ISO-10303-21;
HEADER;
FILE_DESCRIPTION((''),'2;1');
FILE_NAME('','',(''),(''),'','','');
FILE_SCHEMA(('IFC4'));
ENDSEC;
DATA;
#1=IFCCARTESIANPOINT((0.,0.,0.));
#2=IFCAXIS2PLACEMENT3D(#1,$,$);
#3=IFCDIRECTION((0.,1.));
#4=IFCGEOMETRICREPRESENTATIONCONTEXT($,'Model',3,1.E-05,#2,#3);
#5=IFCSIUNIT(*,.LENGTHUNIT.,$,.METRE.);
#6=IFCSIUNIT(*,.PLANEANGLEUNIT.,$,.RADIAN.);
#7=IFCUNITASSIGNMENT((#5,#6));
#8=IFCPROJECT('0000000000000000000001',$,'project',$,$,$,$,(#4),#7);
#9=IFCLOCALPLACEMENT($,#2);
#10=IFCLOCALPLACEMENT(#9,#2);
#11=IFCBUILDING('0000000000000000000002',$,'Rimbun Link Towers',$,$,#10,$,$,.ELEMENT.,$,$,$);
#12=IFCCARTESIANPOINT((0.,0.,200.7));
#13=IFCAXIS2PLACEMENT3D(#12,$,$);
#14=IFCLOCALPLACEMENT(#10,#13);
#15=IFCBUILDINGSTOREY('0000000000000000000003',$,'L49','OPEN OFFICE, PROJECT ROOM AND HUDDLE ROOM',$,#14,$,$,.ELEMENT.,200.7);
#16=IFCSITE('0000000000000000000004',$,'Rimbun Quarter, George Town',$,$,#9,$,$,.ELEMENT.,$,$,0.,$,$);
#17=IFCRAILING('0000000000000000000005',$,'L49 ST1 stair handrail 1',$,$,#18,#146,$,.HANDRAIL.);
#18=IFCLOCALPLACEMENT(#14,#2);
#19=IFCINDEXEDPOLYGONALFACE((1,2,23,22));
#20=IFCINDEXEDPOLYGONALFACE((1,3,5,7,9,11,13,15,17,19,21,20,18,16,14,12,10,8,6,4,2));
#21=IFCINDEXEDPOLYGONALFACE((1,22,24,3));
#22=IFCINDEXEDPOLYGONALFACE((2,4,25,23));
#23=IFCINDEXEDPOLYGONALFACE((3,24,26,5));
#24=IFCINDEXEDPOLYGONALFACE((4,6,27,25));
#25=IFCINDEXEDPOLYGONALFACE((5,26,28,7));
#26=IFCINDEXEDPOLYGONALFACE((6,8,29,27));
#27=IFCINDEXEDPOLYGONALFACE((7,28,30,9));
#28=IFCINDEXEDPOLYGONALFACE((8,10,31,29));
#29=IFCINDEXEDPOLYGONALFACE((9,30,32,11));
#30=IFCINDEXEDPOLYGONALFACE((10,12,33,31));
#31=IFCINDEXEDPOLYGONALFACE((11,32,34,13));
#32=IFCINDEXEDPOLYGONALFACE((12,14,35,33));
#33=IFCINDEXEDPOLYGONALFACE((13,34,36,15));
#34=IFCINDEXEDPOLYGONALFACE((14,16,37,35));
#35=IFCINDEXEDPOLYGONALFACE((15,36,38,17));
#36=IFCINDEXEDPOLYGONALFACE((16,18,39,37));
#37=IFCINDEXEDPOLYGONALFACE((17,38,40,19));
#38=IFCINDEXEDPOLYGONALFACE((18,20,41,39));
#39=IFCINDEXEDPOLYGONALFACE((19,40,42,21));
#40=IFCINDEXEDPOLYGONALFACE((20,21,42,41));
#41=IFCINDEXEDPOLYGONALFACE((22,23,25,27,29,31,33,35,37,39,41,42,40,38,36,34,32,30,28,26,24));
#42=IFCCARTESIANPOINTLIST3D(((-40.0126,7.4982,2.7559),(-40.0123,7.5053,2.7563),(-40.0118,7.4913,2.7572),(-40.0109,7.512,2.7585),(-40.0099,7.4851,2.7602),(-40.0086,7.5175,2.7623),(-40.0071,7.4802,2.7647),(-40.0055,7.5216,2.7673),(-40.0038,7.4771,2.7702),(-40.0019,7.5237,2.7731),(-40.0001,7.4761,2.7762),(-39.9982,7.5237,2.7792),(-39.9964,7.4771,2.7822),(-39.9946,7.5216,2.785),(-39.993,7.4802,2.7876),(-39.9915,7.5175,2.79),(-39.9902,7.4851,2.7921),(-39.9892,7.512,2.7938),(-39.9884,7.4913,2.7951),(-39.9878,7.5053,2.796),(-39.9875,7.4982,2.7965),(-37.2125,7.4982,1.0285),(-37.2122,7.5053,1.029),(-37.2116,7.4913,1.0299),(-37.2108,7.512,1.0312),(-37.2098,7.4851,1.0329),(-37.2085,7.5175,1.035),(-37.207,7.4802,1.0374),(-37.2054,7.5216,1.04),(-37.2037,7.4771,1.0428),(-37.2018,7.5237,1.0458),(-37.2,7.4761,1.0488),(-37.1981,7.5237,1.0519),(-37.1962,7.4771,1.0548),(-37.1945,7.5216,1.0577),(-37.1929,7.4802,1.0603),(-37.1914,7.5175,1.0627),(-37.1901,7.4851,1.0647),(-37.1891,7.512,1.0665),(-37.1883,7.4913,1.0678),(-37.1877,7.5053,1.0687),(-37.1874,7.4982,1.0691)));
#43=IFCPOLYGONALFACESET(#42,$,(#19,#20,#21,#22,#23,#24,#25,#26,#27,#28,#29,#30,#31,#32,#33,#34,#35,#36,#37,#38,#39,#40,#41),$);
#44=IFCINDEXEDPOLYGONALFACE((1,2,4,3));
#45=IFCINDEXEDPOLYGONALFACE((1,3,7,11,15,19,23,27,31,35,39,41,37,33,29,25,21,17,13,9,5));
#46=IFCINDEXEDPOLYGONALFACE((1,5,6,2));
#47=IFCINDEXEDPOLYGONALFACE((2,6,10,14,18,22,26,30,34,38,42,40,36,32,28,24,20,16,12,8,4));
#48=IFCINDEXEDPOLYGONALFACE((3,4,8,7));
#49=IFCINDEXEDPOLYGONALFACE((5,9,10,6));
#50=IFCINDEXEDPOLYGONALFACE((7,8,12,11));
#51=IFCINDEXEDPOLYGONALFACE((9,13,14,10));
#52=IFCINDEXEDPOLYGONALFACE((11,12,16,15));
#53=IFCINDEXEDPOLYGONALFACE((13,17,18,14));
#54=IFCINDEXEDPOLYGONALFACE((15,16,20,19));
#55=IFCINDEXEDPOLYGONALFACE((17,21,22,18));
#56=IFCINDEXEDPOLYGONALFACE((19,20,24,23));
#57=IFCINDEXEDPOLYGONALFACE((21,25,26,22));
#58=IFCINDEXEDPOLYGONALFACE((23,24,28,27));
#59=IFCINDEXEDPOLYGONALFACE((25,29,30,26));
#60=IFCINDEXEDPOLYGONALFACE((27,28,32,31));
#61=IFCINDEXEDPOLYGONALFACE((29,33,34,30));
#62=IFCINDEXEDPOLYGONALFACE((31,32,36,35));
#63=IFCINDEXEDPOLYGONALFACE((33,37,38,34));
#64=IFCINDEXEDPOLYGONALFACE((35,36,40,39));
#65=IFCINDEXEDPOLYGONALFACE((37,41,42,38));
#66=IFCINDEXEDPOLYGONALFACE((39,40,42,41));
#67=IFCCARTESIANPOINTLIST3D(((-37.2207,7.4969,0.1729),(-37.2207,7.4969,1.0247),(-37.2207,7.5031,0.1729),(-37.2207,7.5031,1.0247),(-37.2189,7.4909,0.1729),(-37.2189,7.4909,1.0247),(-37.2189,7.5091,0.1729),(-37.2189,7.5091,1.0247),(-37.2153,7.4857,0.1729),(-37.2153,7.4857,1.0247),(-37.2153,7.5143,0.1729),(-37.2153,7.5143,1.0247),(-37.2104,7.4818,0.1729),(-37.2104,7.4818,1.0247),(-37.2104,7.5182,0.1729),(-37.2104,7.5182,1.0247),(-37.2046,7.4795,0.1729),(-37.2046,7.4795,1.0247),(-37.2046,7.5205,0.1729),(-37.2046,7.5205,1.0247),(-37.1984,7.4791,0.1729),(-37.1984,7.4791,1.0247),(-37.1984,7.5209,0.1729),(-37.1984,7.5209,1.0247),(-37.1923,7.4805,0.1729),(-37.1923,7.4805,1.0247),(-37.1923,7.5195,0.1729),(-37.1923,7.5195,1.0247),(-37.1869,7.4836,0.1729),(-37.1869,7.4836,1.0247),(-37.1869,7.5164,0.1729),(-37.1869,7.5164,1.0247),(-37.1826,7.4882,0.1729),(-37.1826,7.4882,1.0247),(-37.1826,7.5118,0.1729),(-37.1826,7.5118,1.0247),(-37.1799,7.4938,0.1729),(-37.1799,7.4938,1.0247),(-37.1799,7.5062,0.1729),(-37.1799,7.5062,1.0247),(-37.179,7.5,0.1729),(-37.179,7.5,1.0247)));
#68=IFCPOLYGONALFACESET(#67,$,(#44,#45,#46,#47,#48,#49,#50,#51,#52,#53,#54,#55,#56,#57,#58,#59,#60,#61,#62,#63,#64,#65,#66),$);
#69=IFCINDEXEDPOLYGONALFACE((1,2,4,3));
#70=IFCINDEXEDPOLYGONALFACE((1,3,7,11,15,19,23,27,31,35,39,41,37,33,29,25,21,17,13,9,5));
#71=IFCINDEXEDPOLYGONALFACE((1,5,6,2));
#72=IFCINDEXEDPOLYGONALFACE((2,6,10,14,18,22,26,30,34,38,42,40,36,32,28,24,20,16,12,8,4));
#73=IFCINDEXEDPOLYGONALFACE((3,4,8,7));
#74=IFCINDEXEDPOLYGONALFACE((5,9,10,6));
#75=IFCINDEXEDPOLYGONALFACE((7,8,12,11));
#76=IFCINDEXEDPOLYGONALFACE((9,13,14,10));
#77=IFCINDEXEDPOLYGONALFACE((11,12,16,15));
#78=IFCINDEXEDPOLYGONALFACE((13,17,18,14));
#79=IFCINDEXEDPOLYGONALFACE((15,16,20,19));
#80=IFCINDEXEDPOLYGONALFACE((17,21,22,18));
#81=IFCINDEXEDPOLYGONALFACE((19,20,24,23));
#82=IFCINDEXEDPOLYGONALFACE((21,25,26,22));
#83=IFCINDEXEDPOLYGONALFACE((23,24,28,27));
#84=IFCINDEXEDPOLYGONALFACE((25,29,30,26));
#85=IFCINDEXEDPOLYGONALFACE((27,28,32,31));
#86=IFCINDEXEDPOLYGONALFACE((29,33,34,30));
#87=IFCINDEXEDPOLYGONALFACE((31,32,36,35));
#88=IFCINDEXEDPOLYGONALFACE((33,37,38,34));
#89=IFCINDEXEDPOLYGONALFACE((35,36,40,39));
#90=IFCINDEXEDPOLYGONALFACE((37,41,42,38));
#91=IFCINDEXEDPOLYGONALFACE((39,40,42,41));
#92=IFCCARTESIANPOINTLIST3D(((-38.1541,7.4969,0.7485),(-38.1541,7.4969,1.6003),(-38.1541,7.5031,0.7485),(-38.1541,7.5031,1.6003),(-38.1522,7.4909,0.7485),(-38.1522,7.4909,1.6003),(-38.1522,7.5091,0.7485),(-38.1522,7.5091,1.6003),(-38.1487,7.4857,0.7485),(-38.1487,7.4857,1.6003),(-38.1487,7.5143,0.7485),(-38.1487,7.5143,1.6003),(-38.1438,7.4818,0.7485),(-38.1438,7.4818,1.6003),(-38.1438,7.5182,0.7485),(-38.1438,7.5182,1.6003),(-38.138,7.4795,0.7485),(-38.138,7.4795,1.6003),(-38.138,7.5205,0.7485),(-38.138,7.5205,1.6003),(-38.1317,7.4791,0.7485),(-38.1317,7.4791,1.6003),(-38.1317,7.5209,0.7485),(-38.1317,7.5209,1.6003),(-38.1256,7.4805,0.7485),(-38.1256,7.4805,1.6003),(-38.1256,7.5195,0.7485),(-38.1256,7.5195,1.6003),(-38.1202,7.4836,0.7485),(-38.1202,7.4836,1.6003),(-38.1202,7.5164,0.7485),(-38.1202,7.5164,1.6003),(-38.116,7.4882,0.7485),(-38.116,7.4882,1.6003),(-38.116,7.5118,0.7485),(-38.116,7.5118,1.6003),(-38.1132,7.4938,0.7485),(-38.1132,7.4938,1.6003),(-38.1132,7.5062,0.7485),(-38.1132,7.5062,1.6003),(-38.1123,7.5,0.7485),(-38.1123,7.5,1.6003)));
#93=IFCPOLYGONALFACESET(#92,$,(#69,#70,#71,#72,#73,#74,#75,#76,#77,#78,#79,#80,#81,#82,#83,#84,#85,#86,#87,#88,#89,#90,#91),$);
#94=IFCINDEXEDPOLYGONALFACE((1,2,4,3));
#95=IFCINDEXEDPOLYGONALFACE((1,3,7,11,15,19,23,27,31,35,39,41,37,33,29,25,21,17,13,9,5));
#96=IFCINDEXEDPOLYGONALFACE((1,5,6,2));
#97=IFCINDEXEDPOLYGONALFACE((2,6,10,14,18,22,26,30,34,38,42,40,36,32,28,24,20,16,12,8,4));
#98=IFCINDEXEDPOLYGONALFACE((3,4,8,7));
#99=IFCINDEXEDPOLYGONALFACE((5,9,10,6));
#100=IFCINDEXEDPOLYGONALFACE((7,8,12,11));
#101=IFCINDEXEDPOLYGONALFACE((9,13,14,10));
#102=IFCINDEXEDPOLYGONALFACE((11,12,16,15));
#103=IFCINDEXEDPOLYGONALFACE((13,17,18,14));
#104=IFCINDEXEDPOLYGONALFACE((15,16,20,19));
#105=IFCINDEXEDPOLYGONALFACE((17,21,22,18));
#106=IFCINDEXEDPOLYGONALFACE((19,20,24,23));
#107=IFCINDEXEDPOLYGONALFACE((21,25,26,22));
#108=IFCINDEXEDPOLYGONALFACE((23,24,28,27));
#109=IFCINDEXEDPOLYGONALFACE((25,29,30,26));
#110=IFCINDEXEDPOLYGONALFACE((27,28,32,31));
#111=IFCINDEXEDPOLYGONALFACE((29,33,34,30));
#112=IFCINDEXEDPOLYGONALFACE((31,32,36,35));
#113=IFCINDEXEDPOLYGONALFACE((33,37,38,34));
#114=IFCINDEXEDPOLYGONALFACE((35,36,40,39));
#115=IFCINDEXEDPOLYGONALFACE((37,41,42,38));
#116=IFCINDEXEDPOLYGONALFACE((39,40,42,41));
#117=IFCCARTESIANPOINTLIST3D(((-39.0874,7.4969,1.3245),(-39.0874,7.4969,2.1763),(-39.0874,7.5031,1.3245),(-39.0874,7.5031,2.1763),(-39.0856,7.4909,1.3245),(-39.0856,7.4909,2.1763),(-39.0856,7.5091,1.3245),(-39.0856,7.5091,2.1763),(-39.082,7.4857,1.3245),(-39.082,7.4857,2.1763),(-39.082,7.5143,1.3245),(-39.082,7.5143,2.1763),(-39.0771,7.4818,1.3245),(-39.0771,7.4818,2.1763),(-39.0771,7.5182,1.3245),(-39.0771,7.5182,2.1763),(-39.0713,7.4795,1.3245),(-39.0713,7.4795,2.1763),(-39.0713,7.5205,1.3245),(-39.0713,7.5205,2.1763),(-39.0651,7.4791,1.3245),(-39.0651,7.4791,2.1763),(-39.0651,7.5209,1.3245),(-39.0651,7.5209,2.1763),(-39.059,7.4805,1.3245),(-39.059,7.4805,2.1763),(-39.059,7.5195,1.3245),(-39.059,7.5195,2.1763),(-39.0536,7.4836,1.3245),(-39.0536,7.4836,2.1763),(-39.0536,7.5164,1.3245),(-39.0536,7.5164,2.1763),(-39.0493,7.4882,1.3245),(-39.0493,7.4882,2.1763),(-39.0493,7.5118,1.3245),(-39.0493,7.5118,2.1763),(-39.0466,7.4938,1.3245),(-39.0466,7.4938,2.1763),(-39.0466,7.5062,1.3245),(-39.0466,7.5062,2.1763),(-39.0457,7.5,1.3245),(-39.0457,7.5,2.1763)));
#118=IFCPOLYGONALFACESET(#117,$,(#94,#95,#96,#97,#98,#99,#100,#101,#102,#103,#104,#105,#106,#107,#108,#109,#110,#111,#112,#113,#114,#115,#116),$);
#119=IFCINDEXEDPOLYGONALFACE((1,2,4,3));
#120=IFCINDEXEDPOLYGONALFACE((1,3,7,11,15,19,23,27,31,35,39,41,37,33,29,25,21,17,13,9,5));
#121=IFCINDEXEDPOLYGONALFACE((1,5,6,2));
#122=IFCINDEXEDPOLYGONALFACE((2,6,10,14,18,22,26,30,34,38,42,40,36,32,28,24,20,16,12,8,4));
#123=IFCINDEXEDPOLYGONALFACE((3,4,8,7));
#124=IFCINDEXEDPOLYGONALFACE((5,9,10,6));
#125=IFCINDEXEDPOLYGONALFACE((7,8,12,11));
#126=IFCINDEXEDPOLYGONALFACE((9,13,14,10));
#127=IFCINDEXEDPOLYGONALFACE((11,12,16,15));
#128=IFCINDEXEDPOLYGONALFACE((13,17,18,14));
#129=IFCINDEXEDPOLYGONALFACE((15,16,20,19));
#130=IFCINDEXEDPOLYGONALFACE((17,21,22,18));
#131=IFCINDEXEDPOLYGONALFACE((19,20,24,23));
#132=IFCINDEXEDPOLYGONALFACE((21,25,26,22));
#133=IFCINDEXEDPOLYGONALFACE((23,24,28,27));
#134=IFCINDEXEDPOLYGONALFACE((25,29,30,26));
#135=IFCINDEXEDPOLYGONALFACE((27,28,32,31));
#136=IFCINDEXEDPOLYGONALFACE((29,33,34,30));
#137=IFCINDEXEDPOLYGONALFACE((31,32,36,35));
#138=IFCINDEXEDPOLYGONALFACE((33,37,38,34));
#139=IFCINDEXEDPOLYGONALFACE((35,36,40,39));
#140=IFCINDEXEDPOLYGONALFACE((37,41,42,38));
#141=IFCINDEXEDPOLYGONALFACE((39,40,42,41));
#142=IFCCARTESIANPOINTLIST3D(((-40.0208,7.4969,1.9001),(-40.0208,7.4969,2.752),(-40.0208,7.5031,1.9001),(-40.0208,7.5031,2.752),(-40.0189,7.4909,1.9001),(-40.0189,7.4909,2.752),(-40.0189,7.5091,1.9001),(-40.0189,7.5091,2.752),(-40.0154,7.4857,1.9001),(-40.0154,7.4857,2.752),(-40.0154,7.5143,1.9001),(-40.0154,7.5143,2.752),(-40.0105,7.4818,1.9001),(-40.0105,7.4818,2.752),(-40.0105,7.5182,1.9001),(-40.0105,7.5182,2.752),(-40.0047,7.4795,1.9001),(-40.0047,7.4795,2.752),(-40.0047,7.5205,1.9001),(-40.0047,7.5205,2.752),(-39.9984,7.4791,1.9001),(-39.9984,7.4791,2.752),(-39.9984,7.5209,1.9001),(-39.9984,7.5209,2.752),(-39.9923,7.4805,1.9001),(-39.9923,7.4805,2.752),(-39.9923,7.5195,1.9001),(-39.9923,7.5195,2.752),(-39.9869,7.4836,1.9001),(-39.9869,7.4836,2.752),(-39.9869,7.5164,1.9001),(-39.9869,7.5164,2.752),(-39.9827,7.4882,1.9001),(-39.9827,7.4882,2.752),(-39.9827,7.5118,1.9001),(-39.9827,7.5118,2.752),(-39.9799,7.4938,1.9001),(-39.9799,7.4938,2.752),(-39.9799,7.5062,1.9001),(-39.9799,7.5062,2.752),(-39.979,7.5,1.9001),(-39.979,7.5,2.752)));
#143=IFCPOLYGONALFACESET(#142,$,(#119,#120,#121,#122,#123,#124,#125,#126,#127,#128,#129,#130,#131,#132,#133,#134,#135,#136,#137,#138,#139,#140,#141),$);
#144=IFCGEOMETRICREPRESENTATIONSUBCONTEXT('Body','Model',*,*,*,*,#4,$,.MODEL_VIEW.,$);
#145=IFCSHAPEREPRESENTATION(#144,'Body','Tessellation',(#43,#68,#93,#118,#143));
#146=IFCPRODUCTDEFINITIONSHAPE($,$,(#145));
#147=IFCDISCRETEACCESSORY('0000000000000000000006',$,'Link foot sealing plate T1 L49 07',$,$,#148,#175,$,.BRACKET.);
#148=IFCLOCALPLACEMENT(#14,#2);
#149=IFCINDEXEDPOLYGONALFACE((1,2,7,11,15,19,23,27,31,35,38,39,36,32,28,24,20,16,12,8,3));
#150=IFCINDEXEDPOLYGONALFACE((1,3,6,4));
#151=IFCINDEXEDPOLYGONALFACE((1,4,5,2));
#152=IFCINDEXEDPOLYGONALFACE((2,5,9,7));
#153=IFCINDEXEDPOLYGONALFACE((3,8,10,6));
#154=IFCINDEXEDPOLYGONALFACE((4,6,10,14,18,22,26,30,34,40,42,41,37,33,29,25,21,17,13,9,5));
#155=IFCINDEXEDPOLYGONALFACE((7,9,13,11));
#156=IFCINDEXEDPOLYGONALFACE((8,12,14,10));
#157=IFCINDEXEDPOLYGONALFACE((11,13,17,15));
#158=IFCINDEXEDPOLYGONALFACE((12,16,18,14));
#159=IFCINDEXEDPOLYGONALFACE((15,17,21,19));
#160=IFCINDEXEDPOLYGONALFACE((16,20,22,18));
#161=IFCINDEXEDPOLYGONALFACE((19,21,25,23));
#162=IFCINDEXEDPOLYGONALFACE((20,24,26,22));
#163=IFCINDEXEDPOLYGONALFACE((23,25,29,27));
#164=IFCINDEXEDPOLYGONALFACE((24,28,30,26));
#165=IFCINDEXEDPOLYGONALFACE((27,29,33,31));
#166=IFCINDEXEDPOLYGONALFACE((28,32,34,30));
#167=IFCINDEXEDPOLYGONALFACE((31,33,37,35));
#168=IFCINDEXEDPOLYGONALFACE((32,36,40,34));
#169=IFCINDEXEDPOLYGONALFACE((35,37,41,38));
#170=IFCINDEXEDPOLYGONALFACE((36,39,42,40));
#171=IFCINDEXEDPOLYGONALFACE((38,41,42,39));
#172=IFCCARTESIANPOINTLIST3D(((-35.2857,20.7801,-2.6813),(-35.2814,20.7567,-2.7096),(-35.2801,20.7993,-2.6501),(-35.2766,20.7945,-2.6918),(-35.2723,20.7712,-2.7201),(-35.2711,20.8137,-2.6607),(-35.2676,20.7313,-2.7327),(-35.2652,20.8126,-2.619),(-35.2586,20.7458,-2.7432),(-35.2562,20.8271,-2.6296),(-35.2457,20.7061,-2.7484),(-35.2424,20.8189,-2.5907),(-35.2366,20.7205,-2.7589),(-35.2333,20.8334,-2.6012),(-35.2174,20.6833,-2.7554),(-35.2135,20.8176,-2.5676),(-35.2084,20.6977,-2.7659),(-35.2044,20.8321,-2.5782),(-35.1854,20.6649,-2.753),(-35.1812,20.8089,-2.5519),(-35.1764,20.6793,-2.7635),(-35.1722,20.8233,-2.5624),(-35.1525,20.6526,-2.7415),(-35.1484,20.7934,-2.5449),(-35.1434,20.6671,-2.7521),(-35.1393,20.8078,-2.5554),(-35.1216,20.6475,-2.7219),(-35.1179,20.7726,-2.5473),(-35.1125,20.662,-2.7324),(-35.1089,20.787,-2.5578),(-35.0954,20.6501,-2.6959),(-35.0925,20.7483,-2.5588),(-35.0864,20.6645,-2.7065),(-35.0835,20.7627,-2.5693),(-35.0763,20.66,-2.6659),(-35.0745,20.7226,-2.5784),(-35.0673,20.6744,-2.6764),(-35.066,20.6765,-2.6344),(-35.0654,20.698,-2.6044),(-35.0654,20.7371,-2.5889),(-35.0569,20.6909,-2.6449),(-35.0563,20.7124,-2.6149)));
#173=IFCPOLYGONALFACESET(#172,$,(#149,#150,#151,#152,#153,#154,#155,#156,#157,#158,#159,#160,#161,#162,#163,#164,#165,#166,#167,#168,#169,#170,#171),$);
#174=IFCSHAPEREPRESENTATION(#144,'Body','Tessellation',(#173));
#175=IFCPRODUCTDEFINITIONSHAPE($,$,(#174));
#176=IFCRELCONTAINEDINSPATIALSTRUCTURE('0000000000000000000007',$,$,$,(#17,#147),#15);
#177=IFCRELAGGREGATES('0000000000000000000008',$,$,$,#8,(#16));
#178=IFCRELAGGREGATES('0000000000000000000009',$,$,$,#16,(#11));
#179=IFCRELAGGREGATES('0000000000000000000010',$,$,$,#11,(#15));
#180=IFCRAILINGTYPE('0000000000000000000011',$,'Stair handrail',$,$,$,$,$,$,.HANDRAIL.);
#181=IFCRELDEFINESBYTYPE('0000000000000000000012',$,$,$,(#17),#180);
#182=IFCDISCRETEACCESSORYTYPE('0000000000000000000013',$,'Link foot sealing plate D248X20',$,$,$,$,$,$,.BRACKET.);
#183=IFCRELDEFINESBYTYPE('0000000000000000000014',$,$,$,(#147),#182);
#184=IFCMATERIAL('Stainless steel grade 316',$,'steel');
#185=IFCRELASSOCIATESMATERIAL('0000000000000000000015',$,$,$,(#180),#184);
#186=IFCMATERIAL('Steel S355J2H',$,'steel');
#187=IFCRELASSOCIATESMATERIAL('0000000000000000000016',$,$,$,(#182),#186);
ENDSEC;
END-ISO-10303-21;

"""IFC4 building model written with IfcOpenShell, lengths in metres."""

from ifc_helpers import new_model, si_unit, direction, frame, origin, origin_2d, place, context, subcontext, project, spatial, circle, extrude, material, material_profile, profile_set, type_object, element, save


model = new_model("IFC4")

# Units and contexts
model_context = context("Model", 3, precision=1e-05, world=origin(), true_north=direction((0.0, 1.0)))
body_context = subcontext(model_context, "Body", "Model", "MODEL_VIEW")
ifc_project = project(units=[si_unit("LENGTHUNIT", "METRE"), si_unit("PLANEANGLEUNIT", "RADIAN")], contexts=[model_context])

# Site, building, storey
site_placement = place(None, origin())
site = spatial("IfcSite", under=ifc_project, at=site_placement, Name="Rimbun Quarter, George Town", CompositionType="ELEMENT", RefElevation=0.0)
building_placement = place(site_placement, origin())
building = spatial("IfcBuilding", under=site, at=building_placement, Name="Rimbun Link Towers", CompositionType="ELEMENT")
storey_placement = place(building_placement, frame((0.0, 0.0, 200.7)))
storey = spatial("IfcBuildingStorey", under=building, at=storey_placement, Name="L49", Description="OPEN OFFICE, PROJECT ROOM AND HUDDLE ROOM", CompositionType="ELEMENT", Elevation=200.7)

# Railing
ifc_material_1 = material(Name="Stainless steel grade 316", Category="steel")
railing_type_1 = type_object("IfcRailingType", Name="Stair handrail", PredefinedType="HANDRAIL", material=ifc_material_1)
railing_1_placement = place(storey_placement, frame((-37.2, 7.5, 0.1729)))
element("IfcRailing", 1, at=railing_1_placement, inside=storey, type_object=railing_type_1, Name="L49 ST1 stair handrail 1", PredefinedType="HANDRAIL", context=body_context, shape_type="SweptSolid", body=[
    extrude(circle(Radius=0.0239, at=origin_2d()), frame((0.0, 0.0, 0.876), z_axis=(-0.85109, 0.0, 0.52502), x_axis=(0.0, -1.0, 0.0)), (0.0, 0.0, 1.0), 3.29),
    extrude(circle(Radius=0.021, at=origin_2d()), origin(), (0.0, 0.0, 1.0), 0.8518),
    extrude(circle(Radius=0.021, at=origin_2d()), frame((-0.9333, 0.0, 0.5757)), (0.0, 0.0, 1.0), 0.8518),
    extrude(circle(Radius=0.021, at=origin_2d()), frame((-1.8667, 0.0, 1.1516)), (0.0, 0.0, 1.0), 0.8518),
    extrude(circle(Radius=0.021, at=origin_2d()), frame((-2.8, 0.0, 1.7273)), (0.0, 0.0, 1.0), 0.8518),
])

# Discrete accessory
ifc_material_2 = material(Name="Steel S355J2H", Category="steel")
ifc_material_profile_1 = material_profile(ifc_material_2, circle(Radius=0.124, at=origin_2d()), Name="PL D248")
ifc_profile_set_1 = profile_set([ifc_material_profile_1], Name="Steel S355J2H")
discrete_accessory_type = type_object("IfcDiscreteAccessoryType", Name="Link foot sealing plate D248X20", PredefinedType="BRACKET", material=ifc_profile_set_1)
discrete_accessory_placement = place(storey_placement, frame((-35.175, 20.7334, -2.6501), z_axis=(0.452061, 0.720854, -0.525368), x_axis=(-0.847191, 0.531289, 0.0)))
element("IfcDiscreteAccessory", 2, at=discrete_accessory_placement, inside=storey, type_object=discrete_accessory_type, Name="Link foot sealing plate T1 L49 07", PredefinedType="BRACKET", context=body_context, shape_type="SweptSolid", body=[
    extrude(circle(Radius=0.124, at=origin_2d()), origin(), (0.0, 0.0, 1.0), 0.02),
])

save(model, "model.ifc")
